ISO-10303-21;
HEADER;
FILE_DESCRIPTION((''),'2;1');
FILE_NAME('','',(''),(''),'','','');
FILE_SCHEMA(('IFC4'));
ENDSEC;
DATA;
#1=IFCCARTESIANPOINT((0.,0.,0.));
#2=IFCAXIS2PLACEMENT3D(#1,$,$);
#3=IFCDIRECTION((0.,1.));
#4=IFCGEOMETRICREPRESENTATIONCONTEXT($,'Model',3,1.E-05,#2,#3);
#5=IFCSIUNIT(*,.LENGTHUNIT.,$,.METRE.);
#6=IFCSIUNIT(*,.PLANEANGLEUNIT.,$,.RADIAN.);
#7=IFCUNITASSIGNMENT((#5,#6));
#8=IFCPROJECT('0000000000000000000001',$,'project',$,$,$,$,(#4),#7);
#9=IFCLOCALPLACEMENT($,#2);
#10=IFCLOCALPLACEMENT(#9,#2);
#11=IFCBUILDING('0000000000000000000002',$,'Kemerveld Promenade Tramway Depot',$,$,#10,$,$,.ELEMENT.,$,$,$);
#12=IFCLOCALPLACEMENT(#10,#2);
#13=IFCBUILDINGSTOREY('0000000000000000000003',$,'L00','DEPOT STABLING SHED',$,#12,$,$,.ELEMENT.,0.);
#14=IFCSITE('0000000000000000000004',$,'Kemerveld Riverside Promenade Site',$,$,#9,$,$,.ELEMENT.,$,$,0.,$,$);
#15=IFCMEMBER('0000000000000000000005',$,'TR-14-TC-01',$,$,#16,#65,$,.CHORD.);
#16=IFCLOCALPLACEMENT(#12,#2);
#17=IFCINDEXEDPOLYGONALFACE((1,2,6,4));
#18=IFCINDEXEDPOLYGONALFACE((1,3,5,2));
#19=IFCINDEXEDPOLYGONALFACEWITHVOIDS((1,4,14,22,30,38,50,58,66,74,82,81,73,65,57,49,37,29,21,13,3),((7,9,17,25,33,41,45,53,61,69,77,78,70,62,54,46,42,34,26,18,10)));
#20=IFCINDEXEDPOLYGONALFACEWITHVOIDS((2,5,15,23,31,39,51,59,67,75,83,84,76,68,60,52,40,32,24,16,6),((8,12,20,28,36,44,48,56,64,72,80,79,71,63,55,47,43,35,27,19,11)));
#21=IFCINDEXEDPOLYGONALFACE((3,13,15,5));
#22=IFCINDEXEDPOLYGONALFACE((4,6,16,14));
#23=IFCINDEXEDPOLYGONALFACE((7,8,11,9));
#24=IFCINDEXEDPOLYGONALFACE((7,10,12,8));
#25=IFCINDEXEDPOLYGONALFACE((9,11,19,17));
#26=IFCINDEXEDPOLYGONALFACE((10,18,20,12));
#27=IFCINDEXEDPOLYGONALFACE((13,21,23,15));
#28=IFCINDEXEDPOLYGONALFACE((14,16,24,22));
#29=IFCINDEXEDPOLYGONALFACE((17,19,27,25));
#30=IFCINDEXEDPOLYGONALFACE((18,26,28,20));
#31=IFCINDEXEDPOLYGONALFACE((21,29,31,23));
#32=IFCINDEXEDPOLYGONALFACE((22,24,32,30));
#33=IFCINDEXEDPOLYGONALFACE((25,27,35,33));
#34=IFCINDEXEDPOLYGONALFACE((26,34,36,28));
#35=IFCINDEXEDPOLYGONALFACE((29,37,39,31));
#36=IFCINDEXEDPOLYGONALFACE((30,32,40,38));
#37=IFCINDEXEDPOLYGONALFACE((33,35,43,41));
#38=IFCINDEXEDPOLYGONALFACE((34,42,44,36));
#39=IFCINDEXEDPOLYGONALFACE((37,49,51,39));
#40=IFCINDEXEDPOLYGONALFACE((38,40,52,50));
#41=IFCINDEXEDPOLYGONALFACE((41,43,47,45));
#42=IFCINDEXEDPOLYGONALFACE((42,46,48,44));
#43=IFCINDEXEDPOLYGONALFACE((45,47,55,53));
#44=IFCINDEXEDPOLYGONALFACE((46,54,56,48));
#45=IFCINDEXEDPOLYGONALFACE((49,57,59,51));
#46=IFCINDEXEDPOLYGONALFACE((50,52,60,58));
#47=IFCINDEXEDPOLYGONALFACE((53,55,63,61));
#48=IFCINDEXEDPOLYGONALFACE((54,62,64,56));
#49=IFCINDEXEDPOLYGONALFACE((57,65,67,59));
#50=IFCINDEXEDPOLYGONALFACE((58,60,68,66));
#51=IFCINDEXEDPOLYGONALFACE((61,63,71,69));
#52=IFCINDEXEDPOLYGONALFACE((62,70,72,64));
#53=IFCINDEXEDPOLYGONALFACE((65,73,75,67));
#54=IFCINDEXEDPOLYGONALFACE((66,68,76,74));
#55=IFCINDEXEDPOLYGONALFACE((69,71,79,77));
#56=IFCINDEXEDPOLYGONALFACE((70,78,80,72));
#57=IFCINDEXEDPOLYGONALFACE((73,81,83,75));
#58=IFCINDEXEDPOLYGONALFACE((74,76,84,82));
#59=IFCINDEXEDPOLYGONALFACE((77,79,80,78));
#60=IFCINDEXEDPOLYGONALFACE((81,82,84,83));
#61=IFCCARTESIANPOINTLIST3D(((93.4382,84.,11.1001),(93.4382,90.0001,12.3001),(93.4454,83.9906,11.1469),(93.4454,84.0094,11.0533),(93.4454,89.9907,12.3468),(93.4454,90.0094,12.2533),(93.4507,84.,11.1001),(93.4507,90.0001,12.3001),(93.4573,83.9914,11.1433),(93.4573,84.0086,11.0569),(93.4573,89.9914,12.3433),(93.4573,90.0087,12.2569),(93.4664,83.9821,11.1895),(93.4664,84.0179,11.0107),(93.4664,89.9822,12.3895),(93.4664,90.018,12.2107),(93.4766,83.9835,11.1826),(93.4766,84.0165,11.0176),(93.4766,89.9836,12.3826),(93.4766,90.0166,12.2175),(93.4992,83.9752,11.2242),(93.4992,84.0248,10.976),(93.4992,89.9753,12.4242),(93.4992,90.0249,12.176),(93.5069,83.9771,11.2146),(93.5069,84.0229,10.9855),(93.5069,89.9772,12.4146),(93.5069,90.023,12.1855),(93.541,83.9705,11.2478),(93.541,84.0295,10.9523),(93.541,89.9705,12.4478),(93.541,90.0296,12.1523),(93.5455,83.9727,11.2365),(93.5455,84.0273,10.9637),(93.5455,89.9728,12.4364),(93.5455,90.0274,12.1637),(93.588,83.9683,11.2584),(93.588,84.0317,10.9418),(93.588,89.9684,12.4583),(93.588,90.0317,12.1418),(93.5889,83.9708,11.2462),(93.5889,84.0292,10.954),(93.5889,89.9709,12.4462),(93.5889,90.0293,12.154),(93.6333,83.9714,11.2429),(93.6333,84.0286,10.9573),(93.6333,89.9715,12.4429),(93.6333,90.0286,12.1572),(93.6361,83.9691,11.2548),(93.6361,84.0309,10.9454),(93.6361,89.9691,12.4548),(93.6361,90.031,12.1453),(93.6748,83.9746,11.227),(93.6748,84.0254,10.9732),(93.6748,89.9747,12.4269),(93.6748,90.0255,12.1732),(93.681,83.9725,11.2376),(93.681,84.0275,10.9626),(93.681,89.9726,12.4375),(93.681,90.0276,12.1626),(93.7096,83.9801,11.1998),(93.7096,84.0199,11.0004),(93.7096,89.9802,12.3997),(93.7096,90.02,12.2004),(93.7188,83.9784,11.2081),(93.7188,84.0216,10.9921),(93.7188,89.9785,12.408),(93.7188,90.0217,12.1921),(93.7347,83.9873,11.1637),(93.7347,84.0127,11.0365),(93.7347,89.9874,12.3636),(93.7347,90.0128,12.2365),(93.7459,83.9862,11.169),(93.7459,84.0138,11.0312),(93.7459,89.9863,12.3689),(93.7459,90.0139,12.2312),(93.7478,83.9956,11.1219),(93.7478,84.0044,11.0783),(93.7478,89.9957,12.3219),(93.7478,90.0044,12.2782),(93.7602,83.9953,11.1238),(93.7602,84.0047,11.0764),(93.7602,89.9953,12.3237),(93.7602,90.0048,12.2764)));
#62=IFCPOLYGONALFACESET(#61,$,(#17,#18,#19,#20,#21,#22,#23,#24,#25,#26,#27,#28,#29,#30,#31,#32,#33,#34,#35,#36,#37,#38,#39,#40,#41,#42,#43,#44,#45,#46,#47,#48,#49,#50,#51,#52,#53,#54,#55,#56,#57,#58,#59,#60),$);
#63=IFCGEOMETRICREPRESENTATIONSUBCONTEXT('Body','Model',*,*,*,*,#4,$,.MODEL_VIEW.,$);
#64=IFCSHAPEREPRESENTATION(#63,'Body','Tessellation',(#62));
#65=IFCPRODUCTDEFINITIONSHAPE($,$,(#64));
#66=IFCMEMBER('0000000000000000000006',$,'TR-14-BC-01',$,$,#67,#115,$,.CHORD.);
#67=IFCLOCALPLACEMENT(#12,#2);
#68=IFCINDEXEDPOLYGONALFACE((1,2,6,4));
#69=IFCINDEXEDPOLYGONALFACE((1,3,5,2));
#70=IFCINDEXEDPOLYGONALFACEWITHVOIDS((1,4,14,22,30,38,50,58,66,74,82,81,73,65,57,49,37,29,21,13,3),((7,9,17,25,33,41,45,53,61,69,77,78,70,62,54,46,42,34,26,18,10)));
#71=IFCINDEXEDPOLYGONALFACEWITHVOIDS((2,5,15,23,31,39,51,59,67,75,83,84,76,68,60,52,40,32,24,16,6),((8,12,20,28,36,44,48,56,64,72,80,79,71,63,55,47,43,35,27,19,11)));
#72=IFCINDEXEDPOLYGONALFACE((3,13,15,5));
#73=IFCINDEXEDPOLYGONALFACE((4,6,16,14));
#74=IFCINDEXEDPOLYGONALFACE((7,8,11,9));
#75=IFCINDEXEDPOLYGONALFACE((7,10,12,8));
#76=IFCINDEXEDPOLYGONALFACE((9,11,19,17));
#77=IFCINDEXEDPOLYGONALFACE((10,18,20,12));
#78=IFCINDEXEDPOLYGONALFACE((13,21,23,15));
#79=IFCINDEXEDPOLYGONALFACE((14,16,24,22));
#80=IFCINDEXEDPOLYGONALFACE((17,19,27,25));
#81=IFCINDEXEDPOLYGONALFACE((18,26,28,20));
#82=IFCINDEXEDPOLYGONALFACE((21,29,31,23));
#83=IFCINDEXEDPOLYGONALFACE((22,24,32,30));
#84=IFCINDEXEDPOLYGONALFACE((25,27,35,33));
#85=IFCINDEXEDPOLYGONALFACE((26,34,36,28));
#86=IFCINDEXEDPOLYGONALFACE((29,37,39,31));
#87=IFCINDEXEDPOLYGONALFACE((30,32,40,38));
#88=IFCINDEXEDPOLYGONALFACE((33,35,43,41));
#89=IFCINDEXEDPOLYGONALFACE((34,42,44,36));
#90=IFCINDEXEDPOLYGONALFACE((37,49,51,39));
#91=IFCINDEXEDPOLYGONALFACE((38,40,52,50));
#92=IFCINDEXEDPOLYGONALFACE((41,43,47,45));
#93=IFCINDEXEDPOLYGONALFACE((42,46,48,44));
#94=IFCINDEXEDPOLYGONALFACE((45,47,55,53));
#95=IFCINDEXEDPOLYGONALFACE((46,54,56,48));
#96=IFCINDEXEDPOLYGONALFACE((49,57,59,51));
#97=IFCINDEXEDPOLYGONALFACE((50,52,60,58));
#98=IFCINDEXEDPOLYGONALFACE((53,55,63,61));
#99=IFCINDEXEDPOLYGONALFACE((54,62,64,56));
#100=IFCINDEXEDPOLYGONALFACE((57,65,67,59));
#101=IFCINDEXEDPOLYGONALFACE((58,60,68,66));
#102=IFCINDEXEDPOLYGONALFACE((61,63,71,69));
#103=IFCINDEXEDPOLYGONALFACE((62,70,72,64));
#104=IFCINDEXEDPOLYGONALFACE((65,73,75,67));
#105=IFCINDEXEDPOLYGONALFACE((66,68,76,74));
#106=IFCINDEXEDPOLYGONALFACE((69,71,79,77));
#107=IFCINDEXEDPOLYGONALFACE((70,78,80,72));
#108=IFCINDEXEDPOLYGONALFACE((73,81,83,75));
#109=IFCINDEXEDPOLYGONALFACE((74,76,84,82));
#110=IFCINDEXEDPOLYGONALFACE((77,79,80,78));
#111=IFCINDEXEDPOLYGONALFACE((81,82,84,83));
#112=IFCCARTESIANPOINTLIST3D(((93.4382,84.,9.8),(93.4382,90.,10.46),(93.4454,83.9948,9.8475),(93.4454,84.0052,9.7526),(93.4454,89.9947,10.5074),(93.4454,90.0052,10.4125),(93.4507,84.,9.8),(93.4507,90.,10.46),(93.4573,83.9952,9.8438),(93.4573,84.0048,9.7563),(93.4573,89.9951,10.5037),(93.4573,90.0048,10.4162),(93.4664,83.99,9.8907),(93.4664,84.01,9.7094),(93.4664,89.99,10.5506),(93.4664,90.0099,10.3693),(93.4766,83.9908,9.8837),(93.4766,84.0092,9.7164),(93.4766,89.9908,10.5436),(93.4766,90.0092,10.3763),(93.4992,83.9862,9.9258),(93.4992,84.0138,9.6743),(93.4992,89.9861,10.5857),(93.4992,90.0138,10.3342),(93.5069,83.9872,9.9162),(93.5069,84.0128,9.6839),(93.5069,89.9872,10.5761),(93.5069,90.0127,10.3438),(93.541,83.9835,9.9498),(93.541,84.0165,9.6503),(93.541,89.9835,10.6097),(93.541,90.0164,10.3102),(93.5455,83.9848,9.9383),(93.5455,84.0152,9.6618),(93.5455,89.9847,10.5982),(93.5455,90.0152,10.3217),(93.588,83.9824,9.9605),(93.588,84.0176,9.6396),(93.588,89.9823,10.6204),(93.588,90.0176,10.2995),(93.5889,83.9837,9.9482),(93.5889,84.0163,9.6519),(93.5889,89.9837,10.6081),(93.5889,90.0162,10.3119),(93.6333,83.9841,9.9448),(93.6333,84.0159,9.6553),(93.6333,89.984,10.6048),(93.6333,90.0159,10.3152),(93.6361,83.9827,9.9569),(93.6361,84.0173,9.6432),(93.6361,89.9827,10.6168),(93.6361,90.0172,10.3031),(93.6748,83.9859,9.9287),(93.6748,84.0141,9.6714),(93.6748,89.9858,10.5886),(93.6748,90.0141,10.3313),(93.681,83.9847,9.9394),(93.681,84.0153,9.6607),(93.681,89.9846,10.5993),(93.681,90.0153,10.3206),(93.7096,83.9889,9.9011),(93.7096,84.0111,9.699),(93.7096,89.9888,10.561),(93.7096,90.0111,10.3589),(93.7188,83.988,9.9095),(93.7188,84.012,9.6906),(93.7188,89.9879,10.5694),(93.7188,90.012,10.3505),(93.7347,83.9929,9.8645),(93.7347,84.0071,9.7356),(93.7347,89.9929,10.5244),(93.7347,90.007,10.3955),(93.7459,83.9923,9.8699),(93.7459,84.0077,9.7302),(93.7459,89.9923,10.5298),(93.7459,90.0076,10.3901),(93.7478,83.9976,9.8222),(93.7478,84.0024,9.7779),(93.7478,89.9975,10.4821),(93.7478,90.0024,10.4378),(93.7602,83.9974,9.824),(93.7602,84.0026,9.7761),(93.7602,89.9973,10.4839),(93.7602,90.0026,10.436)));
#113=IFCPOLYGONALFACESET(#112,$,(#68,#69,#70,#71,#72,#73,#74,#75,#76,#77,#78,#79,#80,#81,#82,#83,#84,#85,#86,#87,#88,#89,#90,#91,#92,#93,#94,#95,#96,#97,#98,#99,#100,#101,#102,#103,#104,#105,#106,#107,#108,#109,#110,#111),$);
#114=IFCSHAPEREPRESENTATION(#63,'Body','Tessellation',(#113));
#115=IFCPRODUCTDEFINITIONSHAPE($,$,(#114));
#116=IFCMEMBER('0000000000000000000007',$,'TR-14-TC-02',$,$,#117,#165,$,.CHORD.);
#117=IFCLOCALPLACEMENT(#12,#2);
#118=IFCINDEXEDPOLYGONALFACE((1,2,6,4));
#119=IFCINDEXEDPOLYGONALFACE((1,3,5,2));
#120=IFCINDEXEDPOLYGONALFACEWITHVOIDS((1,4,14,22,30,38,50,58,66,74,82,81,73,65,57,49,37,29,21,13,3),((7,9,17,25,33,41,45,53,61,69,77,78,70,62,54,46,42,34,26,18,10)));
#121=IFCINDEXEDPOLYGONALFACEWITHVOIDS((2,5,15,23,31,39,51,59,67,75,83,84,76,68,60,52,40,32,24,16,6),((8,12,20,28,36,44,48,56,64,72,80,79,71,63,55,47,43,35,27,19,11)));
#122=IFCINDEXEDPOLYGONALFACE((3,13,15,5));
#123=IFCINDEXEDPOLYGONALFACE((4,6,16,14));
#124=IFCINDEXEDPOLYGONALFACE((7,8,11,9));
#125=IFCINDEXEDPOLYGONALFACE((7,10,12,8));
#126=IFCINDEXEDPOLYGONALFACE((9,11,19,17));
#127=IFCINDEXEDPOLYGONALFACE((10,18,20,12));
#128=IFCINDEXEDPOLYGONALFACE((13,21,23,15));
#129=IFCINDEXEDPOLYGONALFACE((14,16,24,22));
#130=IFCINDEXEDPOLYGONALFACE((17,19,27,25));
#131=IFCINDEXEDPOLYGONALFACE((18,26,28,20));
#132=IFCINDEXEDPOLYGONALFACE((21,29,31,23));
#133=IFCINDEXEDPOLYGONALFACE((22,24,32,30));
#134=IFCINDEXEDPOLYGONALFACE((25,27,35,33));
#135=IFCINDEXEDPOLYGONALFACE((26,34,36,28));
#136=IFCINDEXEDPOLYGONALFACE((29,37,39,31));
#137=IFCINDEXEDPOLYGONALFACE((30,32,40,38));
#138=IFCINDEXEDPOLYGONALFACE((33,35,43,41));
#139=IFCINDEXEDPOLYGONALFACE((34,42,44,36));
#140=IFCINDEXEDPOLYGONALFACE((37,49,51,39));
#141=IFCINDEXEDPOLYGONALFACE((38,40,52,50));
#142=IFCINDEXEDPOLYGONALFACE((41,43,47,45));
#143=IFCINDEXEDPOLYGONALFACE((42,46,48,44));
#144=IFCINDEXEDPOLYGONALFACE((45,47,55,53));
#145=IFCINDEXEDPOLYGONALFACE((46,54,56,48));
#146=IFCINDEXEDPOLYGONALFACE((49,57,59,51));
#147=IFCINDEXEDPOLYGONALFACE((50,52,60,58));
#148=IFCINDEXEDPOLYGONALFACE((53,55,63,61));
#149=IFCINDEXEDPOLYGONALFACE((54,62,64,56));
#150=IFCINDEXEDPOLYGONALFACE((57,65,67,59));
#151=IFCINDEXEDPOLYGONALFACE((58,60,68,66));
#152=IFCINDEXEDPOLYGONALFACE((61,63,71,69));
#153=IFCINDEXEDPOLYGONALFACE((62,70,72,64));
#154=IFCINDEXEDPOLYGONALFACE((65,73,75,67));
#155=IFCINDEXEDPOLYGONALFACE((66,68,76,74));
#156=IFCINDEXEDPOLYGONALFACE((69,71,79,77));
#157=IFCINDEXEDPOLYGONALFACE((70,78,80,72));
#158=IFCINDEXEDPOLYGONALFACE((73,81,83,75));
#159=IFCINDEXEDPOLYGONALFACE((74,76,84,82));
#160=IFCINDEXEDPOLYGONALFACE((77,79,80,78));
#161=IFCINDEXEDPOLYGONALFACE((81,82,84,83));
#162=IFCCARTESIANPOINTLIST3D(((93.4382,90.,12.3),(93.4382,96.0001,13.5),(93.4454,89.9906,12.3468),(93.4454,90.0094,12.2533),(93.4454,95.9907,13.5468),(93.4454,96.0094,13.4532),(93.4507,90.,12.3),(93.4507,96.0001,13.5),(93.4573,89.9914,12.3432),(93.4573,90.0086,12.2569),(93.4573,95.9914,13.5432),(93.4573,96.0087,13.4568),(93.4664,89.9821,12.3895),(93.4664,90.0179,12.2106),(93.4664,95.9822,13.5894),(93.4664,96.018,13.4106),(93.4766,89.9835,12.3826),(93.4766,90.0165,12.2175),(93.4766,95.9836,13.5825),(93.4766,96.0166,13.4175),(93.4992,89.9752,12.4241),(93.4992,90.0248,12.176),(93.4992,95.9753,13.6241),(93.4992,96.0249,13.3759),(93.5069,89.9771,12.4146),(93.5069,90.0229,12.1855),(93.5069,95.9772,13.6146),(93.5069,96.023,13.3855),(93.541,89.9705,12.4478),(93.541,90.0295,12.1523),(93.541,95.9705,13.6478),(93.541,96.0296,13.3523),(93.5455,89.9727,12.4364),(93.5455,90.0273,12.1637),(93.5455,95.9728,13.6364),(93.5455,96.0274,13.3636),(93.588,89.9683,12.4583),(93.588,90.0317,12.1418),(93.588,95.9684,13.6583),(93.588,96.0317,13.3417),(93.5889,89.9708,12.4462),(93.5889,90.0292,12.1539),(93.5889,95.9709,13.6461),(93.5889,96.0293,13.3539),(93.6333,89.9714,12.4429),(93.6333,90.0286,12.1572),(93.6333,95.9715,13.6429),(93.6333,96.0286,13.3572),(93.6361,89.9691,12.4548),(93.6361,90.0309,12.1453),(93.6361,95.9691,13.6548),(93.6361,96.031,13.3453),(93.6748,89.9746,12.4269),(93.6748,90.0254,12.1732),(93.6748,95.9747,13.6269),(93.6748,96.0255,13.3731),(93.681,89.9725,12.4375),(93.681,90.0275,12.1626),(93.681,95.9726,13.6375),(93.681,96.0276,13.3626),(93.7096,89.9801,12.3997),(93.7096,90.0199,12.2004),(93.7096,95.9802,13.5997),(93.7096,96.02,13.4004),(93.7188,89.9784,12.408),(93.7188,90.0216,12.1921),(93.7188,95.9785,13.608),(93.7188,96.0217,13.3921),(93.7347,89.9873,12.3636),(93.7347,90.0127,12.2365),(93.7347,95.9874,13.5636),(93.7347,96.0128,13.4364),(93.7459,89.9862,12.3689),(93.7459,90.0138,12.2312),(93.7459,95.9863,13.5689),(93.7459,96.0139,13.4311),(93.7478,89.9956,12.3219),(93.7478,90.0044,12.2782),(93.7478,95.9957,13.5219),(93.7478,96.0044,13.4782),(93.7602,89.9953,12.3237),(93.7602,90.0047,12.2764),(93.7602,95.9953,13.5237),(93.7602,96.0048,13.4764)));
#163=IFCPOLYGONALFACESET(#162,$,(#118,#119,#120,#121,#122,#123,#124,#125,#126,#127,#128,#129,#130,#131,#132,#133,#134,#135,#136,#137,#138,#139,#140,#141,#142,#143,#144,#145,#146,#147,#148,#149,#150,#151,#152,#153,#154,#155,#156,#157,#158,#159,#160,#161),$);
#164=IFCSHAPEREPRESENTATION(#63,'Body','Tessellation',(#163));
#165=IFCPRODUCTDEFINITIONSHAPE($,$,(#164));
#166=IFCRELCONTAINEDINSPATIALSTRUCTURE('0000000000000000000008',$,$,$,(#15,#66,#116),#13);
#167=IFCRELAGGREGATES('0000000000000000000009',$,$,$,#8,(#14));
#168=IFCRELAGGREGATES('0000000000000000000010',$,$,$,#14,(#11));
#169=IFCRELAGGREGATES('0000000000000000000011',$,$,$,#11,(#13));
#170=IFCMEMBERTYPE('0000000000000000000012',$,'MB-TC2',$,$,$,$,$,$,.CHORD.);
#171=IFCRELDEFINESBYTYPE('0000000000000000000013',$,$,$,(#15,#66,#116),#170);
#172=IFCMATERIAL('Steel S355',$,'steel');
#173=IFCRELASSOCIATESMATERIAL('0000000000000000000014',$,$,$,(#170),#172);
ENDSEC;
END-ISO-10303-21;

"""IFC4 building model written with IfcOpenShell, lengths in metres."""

from ifc_helpers import new_model, si_unit, direction, frame, origin, origin_2d, place, context, subcontext, project, spatial, hollow_circle, extrude, material, material_profile, profile_set, type_object, element, save


model = new_model("IFC4")

# Units and contexts
model_context = context("Model", 3, precision=1e-05, world=origin(), true_north=direction((0.0, 1.0)))
body_context = subcontext(model_context, "Body", "Model", "MODEL_VIEW")
ifc_project = project(units=[si_unit("LENGTHUNIT", "METRE"), si_unit("PLANEANGLEUNIT", "RADIAN")], contexts=[model_context])

# Site, building, storey
site_placement = place(None, origin())
site = spatial("IfcSite", under=ifc_project, at=site_placement, Name="Kemerveld Riverside Promenade Site", CompositionType="ELEMENT", RefElevation=0.0)
building_placement = place(site_placement, origin())
building = spatial("IfcBuilding", under=site, at=building_placement, Name="Kemerveld Promenade Tramway Depot", CompositionType="ELEMENT")
storey_placement = place(building_placement, origin())
storey = spatial("IfcBuildingStorey", under=building, at=storey_placement, Name="L00", Description="DEPOT STABLING SHED", CompositionType="ELEMENT", Elevation=0.0)

# Shared definitions
ifc_material_1 = material(Name="Steel S355", Category="steel")

# Members
ifc_material_profile_1 = material_profile(ifc_material_1, hollow_circle(Radius=0.1619, WallThickness=0.0125, at=origin_2d()), Name="323.9x12.5 CHS")
ifc_profile_set_1 = profile_set([ifc_material_profile_1], Name="Steel S355")
member_type_1 = type_object("IfcMemberType", Name="MB-TC2", PredefinedType="CHORD", material=ifc_profile_set_1)
for number, where, z_axis, x_axis, name in (
    (1, (93.6001, 84.0, 11.1001), (0.0, 0.980582, 0.196108), (-1.0, 0.0, 0.0), "TR-14-TC-01"),
):
    element("IfcMember", number, at=place(storey_placement, frame(where, z_axis=z_axis, x_axis=x_axis)), inside=storey, type_object=member_type_1, Name=name, PredefinedType="CHORD", context=body_context, shape_type="SweptSolid", body=[
        extrude(hollow_circle(Radius=0.1619, WallThickness=0.0125, at=origin_2d()), origin(), (0.0, 0.0, 1.0), 6.1189),
    ])
member_1_placement = place(storey_placement, frame((93.6001, 84.0, 9.8), z_axis=(0.0, 0.994006, 0.109326), x_axis=(-1.0, 0.0, 0.0)))
element("IfcMember", 2, at=member_1_placement, inside=storey, type_object=member_type_1, Name="TR-14-BC-01", PredefinedType="CHORD", context=body_context, shape_type="SweptSolid", body=[
    extrude(hollow_circle(Radius=0.1619, WallThickness=0.0125, at=origin_2d()), origin(), (0.0, 0.0, 1.0), 6.0361),
])
member_2_placement = place(storey_placement, frame((93.6001, 90.0, 12.3), z_axis=(0.0, 0.980582, 0.196108), x_axis=(-1.0, 0.0, 0.0)))
element("IfcMember", 3, at=member_2_placement, inside=storey, type_object=member_type_1, Name="TR-14-TC-02", PredefinedType="CHORD", context=body_context, shape_type="SweptSolid", body=[
    extrude(hollow_circle(Radius=0.1619, WallThickness=0.0125, at=origin_2d()), origin(), (0.0, 0.0, 1.0), 6.1189),
])

save(model, "model.ifc")
